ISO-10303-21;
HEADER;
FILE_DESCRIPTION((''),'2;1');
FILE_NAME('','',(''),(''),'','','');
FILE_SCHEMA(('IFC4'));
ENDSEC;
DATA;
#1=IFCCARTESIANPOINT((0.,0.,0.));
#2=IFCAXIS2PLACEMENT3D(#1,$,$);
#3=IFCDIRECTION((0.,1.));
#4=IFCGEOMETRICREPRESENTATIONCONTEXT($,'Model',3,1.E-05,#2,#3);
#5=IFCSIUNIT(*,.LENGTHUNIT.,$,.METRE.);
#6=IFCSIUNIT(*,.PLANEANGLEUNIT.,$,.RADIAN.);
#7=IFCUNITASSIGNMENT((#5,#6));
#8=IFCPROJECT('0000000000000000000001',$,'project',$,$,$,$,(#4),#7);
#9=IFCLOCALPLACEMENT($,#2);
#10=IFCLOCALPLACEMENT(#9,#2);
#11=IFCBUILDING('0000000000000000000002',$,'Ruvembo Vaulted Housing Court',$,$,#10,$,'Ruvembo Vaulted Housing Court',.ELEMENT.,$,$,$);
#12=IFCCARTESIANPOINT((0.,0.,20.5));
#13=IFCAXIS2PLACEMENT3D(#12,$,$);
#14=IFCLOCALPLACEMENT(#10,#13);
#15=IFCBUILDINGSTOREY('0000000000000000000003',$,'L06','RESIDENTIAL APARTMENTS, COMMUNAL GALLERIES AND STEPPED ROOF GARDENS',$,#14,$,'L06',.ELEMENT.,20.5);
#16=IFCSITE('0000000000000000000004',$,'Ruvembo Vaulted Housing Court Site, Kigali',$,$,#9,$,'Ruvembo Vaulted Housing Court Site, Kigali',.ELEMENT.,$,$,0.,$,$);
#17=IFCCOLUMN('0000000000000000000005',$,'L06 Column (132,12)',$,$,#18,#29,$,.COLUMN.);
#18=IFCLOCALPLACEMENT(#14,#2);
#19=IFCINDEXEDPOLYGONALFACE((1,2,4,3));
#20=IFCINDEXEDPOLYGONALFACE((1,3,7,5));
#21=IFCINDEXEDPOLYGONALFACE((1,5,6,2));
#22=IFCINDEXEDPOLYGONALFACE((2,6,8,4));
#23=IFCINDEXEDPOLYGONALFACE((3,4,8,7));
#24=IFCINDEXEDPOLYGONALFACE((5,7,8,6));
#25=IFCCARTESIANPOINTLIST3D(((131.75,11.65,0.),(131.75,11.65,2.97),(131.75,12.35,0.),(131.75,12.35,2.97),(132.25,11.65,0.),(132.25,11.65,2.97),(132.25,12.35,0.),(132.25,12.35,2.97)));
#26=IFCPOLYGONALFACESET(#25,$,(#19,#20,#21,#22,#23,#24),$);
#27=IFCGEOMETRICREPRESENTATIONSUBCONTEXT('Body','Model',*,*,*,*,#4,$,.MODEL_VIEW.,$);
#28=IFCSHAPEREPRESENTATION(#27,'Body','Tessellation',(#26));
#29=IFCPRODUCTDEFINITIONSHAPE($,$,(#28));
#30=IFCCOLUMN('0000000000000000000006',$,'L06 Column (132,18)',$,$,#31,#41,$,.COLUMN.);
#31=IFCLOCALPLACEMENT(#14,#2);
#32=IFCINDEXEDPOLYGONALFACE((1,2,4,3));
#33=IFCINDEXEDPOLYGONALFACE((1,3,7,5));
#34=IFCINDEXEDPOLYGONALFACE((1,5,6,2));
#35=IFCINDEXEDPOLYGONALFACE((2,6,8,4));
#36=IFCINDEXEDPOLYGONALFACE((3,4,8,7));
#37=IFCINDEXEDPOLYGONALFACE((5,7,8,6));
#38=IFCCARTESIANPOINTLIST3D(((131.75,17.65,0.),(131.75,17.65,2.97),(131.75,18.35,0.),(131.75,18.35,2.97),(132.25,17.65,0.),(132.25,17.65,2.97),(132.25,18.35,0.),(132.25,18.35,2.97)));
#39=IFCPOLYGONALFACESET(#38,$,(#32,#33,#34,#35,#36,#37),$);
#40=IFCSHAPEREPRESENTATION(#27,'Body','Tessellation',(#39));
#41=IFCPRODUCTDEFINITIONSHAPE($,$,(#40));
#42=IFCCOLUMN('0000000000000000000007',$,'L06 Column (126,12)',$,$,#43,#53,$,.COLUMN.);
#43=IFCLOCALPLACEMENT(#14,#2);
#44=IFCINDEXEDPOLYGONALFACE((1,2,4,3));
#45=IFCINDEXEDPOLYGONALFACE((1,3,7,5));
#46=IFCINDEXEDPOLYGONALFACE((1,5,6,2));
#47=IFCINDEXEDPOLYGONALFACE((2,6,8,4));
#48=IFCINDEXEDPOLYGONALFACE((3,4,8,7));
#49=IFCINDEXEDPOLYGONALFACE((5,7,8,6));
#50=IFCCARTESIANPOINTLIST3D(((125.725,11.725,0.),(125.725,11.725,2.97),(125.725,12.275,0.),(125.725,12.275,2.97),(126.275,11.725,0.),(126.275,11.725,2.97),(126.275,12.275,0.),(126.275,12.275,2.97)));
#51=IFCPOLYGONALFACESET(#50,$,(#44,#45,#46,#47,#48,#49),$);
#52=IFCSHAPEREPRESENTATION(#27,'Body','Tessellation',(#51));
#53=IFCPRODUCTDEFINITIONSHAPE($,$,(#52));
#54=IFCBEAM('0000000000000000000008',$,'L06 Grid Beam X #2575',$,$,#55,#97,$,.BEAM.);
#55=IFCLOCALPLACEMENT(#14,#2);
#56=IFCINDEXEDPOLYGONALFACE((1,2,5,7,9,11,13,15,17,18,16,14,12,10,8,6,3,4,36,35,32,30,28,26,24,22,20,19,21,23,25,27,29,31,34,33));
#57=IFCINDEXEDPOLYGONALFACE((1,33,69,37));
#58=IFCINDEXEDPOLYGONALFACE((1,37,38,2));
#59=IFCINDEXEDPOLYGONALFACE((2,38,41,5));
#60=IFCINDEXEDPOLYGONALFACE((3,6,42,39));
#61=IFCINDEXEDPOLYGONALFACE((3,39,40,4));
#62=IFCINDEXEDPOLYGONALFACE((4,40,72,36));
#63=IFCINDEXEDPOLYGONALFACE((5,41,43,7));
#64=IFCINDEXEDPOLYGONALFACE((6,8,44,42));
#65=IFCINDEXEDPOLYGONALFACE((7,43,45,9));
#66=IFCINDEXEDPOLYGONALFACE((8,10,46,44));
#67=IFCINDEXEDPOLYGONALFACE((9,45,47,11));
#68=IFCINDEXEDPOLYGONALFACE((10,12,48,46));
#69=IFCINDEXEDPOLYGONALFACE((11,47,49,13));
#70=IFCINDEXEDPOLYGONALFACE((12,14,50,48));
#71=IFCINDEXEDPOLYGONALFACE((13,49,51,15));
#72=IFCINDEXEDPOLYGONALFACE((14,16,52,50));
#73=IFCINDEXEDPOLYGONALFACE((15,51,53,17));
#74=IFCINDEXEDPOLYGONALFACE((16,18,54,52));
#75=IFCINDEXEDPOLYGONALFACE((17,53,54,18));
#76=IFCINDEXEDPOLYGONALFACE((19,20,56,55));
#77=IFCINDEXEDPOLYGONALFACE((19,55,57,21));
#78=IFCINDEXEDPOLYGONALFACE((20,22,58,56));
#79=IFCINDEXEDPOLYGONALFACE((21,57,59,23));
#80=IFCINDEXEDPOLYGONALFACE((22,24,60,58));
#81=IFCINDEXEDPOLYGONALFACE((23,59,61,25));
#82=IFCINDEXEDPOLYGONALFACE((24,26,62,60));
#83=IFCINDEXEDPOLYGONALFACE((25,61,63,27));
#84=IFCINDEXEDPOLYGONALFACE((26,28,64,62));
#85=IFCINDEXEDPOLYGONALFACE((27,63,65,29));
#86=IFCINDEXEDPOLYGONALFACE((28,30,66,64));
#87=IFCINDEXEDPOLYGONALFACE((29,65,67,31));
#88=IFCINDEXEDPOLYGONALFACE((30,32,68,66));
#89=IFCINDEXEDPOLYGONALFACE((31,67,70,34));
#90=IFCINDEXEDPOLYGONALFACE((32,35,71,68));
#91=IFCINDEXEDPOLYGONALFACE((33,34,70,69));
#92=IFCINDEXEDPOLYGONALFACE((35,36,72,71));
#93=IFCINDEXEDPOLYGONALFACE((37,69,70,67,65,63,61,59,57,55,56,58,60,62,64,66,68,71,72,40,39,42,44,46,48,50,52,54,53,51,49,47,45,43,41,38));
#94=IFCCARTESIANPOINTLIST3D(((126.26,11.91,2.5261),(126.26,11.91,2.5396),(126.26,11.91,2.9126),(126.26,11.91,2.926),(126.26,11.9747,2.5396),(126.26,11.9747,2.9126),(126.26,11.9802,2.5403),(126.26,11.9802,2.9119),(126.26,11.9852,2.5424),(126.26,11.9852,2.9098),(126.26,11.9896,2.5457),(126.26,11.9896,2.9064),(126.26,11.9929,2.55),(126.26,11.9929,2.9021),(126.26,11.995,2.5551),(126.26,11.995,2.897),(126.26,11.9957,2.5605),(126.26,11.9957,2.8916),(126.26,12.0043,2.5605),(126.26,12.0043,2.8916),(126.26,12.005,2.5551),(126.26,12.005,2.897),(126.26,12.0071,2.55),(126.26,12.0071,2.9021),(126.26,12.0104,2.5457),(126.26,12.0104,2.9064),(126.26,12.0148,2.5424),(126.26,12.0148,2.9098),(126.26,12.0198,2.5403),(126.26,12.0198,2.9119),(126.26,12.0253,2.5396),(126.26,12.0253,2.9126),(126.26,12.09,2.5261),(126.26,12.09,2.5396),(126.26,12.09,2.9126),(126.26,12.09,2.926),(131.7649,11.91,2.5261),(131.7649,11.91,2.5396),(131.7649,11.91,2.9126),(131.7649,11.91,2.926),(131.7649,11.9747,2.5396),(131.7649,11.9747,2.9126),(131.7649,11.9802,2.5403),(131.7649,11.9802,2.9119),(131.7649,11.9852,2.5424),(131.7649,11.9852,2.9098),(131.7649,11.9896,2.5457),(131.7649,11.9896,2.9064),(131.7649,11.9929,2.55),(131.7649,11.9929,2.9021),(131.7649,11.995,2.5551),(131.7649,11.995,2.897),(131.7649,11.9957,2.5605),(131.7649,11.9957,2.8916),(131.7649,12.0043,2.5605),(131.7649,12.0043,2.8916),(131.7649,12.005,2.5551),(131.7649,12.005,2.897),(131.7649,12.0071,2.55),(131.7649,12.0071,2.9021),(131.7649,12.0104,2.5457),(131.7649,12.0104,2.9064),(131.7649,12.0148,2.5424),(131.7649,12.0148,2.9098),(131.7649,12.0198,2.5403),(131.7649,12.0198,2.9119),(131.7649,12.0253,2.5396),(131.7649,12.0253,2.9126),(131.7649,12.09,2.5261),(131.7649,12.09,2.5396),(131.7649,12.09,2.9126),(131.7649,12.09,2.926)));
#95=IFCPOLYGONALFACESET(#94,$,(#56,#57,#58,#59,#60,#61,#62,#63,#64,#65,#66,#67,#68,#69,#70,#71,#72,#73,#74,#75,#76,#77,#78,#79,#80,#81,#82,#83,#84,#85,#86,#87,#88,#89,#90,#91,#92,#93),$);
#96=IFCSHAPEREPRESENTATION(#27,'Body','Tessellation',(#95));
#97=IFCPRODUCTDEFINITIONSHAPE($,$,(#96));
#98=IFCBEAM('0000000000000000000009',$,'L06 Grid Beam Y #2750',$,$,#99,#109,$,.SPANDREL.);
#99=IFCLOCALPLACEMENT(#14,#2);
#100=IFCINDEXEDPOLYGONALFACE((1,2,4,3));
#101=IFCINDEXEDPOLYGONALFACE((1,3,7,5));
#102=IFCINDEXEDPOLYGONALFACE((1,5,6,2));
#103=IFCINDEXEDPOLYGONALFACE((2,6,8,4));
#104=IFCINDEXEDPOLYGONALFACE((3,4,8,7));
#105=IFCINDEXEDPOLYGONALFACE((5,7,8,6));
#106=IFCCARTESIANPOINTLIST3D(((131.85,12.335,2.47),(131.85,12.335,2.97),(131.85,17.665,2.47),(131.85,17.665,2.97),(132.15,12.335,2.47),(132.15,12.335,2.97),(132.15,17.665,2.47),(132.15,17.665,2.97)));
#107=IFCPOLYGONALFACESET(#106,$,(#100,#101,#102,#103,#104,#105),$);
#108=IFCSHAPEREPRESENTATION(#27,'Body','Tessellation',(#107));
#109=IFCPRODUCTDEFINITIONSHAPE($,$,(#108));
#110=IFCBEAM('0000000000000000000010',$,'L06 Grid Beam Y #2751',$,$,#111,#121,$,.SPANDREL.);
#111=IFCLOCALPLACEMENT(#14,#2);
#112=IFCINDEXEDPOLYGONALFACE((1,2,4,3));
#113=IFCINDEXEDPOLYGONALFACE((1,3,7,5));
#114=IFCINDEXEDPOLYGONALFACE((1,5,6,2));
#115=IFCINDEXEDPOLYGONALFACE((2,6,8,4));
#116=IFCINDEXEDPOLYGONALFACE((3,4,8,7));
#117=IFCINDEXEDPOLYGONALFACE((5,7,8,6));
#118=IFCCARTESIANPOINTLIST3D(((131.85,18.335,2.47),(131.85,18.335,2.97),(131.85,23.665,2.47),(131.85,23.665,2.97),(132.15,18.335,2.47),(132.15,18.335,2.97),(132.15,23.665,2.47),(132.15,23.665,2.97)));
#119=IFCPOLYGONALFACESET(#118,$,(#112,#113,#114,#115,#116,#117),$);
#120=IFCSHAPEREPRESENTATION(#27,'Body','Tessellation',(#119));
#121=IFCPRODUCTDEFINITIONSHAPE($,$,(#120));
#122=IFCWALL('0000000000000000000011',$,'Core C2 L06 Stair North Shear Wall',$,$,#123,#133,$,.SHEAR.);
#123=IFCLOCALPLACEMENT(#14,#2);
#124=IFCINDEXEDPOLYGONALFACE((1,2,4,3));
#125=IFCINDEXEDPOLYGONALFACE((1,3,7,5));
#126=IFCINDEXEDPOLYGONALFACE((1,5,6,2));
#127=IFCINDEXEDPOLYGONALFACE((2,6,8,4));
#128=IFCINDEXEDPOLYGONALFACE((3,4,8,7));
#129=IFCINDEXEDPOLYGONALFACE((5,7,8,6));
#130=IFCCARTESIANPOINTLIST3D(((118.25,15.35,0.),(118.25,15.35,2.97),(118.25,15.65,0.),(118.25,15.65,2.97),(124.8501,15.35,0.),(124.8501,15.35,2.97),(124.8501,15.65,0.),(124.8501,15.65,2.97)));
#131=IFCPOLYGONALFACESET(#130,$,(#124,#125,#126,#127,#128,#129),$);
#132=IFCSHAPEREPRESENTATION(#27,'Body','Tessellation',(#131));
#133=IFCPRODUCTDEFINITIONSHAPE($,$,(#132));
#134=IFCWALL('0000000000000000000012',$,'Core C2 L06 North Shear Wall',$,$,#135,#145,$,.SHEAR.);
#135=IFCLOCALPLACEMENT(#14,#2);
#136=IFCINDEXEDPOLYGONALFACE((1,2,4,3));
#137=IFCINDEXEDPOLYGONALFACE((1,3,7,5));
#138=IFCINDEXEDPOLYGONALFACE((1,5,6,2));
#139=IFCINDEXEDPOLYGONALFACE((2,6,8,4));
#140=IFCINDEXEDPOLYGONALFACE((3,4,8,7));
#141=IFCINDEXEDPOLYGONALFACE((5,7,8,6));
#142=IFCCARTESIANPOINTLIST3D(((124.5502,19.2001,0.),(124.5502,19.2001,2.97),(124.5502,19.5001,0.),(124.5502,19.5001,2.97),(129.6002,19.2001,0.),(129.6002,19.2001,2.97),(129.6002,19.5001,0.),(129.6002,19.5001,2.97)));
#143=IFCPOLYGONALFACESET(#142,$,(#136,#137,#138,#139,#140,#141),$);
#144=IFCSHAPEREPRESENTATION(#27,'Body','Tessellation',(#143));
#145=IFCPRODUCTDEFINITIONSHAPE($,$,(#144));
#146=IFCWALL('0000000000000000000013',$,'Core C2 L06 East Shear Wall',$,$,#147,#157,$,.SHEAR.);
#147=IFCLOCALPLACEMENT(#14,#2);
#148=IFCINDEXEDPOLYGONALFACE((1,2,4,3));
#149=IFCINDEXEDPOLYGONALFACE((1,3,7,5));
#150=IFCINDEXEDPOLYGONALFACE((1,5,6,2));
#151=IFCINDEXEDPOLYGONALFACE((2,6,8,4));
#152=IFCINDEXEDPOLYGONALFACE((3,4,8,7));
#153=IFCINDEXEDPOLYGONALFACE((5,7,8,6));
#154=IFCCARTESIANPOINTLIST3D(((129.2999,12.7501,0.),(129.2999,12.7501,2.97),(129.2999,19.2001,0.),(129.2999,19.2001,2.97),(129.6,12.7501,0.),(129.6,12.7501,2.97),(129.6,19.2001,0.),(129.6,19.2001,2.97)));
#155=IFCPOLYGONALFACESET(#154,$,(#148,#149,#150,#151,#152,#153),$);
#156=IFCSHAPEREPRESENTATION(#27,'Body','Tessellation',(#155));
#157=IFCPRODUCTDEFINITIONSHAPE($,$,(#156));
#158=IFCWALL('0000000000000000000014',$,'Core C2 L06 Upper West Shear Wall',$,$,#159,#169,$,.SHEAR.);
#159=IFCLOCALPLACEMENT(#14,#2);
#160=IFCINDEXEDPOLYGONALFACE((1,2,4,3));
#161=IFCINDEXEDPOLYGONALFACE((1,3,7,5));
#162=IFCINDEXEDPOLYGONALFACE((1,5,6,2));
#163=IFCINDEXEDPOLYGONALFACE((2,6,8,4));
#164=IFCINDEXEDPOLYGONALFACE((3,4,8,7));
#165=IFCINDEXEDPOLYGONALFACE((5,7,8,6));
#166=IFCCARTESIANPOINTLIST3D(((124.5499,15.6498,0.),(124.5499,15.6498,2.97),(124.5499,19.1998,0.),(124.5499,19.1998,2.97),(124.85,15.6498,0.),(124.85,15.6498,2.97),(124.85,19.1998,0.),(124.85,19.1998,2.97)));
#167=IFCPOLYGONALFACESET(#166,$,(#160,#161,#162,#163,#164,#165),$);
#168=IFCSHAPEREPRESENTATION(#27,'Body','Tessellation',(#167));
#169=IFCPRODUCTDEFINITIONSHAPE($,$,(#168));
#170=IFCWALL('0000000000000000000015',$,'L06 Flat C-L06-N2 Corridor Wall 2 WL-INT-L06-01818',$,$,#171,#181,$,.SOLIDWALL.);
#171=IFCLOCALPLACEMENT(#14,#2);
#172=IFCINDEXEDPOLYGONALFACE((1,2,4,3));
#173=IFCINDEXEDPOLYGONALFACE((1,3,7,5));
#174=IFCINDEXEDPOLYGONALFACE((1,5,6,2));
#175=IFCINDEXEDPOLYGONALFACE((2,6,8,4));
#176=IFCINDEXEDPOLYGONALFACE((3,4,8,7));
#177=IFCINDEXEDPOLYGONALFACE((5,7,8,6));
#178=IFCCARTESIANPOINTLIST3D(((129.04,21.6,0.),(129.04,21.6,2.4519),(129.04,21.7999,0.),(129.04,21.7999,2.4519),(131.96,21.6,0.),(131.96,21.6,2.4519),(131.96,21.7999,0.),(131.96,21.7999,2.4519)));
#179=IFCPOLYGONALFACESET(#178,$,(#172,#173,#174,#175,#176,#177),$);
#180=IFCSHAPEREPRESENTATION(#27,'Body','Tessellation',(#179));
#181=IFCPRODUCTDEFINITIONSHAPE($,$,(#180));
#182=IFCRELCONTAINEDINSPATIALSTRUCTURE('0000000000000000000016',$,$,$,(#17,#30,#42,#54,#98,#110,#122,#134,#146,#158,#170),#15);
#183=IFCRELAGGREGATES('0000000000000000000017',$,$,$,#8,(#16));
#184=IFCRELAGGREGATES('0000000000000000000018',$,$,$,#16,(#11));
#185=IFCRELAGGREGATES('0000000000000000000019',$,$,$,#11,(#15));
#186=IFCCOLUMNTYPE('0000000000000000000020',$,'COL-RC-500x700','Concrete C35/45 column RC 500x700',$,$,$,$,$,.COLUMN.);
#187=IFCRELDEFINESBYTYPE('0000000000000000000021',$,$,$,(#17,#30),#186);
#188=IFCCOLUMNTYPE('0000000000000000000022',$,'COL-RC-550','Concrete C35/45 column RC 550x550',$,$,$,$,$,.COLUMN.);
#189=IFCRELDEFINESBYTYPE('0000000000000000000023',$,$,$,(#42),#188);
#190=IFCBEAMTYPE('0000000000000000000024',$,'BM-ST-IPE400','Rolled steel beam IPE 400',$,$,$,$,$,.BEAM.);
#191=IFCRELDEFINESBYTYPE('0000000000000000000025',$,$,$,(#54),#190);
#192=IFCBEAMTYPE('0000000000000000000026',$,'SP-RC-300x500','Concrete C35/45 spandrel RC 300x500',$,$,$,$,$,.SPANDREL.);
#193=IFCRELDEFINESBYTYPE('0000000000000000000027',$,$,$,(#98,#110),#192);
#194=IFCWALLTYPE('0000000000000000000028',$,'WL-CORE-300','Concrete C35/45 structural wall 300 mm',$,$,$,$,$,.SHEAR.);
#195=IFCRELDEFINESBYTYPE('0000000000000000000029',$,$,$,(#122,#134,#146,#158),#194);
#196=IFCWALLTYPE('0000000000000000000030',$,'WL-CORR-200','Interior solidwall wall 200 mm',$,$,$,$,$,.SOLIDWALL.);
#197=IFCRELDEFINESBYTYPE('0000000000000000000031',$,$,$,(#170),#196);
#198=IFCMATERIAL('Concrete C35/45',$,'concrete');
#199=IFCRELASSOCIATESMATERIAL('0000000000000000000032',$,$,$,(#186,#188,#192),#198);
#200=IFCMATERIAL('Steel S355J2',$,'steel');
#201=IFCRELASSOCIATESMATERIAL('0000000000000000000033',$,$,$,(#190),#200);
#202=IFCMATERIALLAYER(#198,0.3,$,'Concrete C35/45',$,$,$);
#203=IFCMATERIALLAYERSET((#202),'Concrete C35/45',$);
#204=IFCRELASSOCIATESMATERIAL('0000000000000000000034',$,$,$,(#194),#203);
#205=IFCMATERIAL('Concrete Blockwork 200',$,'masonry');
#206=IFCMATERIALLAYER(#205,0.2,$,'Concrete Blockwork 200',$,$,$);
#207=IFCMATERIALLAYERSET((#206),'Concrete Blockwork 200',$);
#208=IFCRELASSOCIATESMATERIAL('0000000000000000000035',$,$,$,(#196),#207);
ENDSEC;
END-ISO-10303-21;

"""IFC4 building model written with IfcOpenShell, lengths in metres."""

from ifc_helpers import new_model, si_unit, direction, frame, frame_2d, origin, origin_2d, place, context, subcontext, project, spatial, rectangle, i_section, extrude, material, layer, layer_set, material_profile, profile_set, type_object, element, save


model = new_model("IFC4")

# Units and contexts
model_context = context("Model", 3, precision=1e-05, world=origin(), true_north=direction((0.0, 1.0)))
body_context = subcontext(model_context, "Body", "Model", "MODEL_VIEW")
ifc_project = project(units=[si_unit("LENGTHUNIT", "METRE"), si_unit("PLANEANGLEUNIT", "RADIAN")], contexts=[model_context])

# Site, building, storey
site_placement = place(None, origin())
site = spatial("IfcSite", under=ifc_project, at=site_placement, Name="Ruvembo Vaulted Housing Court Site, Kigali", LongName="Ruvembo Vaulted Housing Court Site, Kigali", CompositionType="ELEMENT", RefElevation=0.0)
building_placement = place(site_placement, origin())
building = spatial("IfcBuilding", under=site, at=building_placement, Name="Ruvembo Vaulted Housing Court", LongName="Ruvembo Vaulted Housing Court", CompositionType="ELEMENT")
storey_placement = place(building_placement, frame((0.0, 0.0, 20.5)))
storey = spatial("IfcBuildingStorey", under=building, at=storey_placement, Name="L06", Description="RESIDENTIAL APARTMENTS, COMMUNAL GALLERIES AND STEPPED ROOF GARDENS", LongName="L06", CompositionType="ELEMENT", Elevation=20.5)

# Columns
ifc_material_1 = material(Name="Concrete C35/45", Category="concrete")
ifc_material_profile_1 = material_profile(ifc_material_1, rectangle(XDim=0.5, YDim=0.7, at=origin_2d()), Name="RC 500x700")
ifc_profile_set_1 = profile_set([ifc_material_profile_1], Name="Concrete C35/45")
column_type_1 = type_object("IfcColumnType", Name="COL-RC-500x700", Description="Concrete C35/45 column RC 500x700", PredefinedType="COLUMN", material=ifc_profile_set_1)
for number, where, z_axis, x_axis, name in (
    (1, (132.0, 12.0, 0.0), (0.0, 0.0, 1.0), (1.0, 0.0, 0.0), "L06 Column (132,12)"),
    (2, (132.0, 18.0, 0.0), (0.0, 0.0, 1.0), (1.0, 0.0, 0.0), "L06 Column (132,18)"),
):
    element("IfcColumn", number, at=place(storey_placement, frame(where, z_axis=z_axis, x_axis=x_axis)), inside=storey, type_object=column_type_1, Name=name, PredefinedType="COLUMN", context=body_context, shape_type="SweptSolid", body=[
        extrude(rectangle(XDim=0.5, YDim=0.7, at=origin_2d()), origin(), (0.0, 0.0, 1.0), 2.97),
    ])
ifc_material_profile_2 = material_profile(ifc_material_1, rectangle(XDim=0.55, YDim=0.55, at=origin_2d()), Name="RC 550x550")
ifc_profile_set_2 = profile_set([ifc_material_profile_2], Name="Concrete C35/45")
column_type_2 = type_object("IfcColumnType", Name="COL-RC-550", Description="Concrete C35/45 column RC 550x550", PredefinedType="COLUMN", material=ifc_profile_set_2)
column_placement = place(storey_placement, frame((126.0, 12.0, 0.0), z_axis=(0.0, 0.0, 1.0), x_axis=(1.0, 0.0, 0.0)))
element("IfcColumn", 3, at=column_placement, inside=storey, type_object=column_type_2, Name="L06 Column (126,12)", PredefinedType="COLUMN", context=body_context, shape_type="SweptSolid", body=[
    extrude(rectangle(XDim=0.55, YDim=0.55, at=origin_2d()), origin(), (0.0, 0.0, 1.0), 2.97),
])

# Beams
ifc_material_2 = material(Name="Steel S355J2", Category="steel")
ifc_material_profile_3 = material_profile(ifc_material_2, i_section(OverallWidth=0.1799, OverallDepth=0.3999, WebThickness=0.0085, FlangeThickness=0.0134, FilletRadius=0.021, at=origin_2d()), Name="IPE 400")
ifc_profile_set_3 = profile_set([ifc_material_profile_3], Name="Steel S355J2")
beam_type_1 = type_object("IfcBeamType", Name="BM-ST-IPE400", Description="Rolled steel beam IPE 400", PredefinedType="BEAM", material=ifc_profile_set_3)
beam_placement = place(storey_placement, frame((126.26, 12.0, 2.7261), z_axis=(1.0, 0.0, 0.0), x_axis=(0.0, 1.0, 0.0)))
element("IfcBeam", 4, at=beam_placement, inside=storey, type_object=beam_type_1, Name="L06 Grid Beam X #2575", PredefinedType="BEAM", context=body_context, shape_type="SweptSolid", body=[
    extrude(i_section(OverallWidth=0.1799, OverallDepth=0.3999, WebThickness=0.0085, FlangeThickness=0.0134, FilletRadius=0.021, at=origin_2d()), origin(), (0.0, 0.0, 1.0), 5.5049),
])
ifc_material_profile_4 = material_profile(ifc_material_1, rectangle(XDim=0.3, YDim=0.5, at=origin_2d()), Name="RC 300x500")
ifc_profile_set_4 = profile_set([ifc_material_profile_4], Name="Concrete C35/45")
beam_type_2 = type_object("IfcBeamType", Name="SP-RC-300x500", Description="Concrete C35/45 spandrel RC 300x500", PredefinedType="SPANDREL", material=ifc_profile_set_4)
for number, where, z_axis, x_axis, name in (
    (5, (132.0, 12.335, 2.72), (0.0, 1.0, 0.0), (-1.0, 0.0, 0.0), "L06 Grid Beam Y #2750"),
    (6, (132.0, 18.335, 2.72), (0.0, 1.0, 0.0), (-1.0, 0.0, 0.0), "L06 Grid Beam Y #2751"),
):
    element("IfcBeam", number, at=place(storey_placement, frame(where, z_axis=z_axis, x_axis=x_axis)), inside=storey, type_object=beam_type_2, Name=name, PredefinedType="SPANDREL", context=body_context, shape_type="SweptSolid", body=[
        extrude(rectangle(XDim=0.3, YDim=0.5, at=origin_2d()), origin(), (0.0, 0.0, 1.0), 5.3301),
    ])

# Walls
ifc_layer_1 = layer(ifc_material_1, 0.3, Name="Concrete C35/45")
ifc_layer_set_1 = layer_set([ifc_layer_1], Name="Concrete C35/45")
wall_type_1 = type_object("IfcWallType", Name="WL-CORE-300", Description="Concrete C35/45 structural wall 300 mm", PredefinedType="SHEAR", material=ifc_layer_set_1)
wall_1_placement = place(storey_placement, frame((124.8501, 15.5, 0.0), z_axis=(0.0, 0.0, 1.0), x_axis=(-1.0, 0.0, 0.0)))
element("IfcWall", 7, at=wall_1_placement, inside=storey, type_object=wall_type_1, Name="Core C2 L06 Stair North Shear Wall", PredefinedType="SHEAR", context=body_context, shape_type="SweptSolid", body=[
    extrude(rectangle(XDim=6.6001, YDim=0.3, at=frame_2d((3.3, 0.0))), origin(), (0.0, 0.0, 1.0), 2.97),
])
wall_2_placement = place(storey_placement, frame((129.6001, 19.3501, 0.0), z_axis=(0.0, 0.0, 1.0), x_axis=(-1.0, 0.0, 0.0)))
element("IfcWall", 8, at=wall_2_placement, inside=storey, type_object=wall_type_1, Name="Core C2 L06 North Shear Wall", PredefinedType="SHEAR", context=body_context, shape_type="SweptSolid", body=[
    extrude(rectangle(XDim=5.05, YDim=0.3, at=frame_2d((2.5249, 0.0))), origin(), (0.0, 0.0, 1.0), 2.97),
])
wall_3_placement = place(storey_placement, frame((129.45, 12.75, 0.0), z_axis=(0.0, 0.0, 1.0), x_axis=(0.0, 1.0, 0.0)))
element("IfcWall", 9, at=wall_3_placement, inside=storey, type_object=wall_type_1, Name="Core C2 L06 East Shear Wall", PredefinedType="SHEAR", context=body_context, shape_type="SweptSolid", body=[
    extrude(rectangle(XDim=6.45, YDim=0.3, at=frame_2d((3.2251, 0.0))), origin(), (0.0, 0.0, 1.0), 2.97),
])
wall_4_placement = place(storey_placement, frame((124.7, 15.6499, 0.0), z_axis=(0.0, 0.0, 1.0), x_axis=(0.0, 1.0, 0.0)))
element("IfcWall", 10, at=wall_4_placement, inside=storey, type_object=wall_type_1, Name="Core C2 L06 Upper West Shear Wall", PredefinedType="SHEAR", context=body_context, shape_type="SweptSolid", body=[
    extrude(rectangle(XDim=3.55, YDim=0.3, at=frame_2d((1.7749, 0.0))), origin(), (0.0, 0.0, 1.0), 2.97),
])

# Shared definitions
ifc_material_3 = material(Name="Concrete Blockwork 200", Category="masonry")
ifc_layer_2 = layer(ifc_material_3, 0.2, Name="Concrete Blockwork 200")
ifc_layer_set_2 = layer_set([ifc_layer_2], Name="Concrete Blockwork 200")
wall_type_2 = type_object("IfcWallType", Name="WL-CORR-200", Description="Interior solidwall wall 200 mm", PredefinedType="SOLIDWALL", material=ifc_layer_set_2)

# Wall
wall_5_placement = place(storey_placement, frame((129.04, 21.7, 0.0), z_axis=(0.0, 0.0, 1.0), x_axis=(1.0, 0.0, 0.0)))
element("IfcWall", 11, at=wall_5_placement, inside=storey, type_object=wall_type_2, Name="L06 Flat C-L06-N2 Corridor Wall 2 WL-INT-L06-01818", PredefinedType="SOLIDWALL", context=body_context, shape_type="SweptSolid", body=[
    extrude(rectangle(XDim=2.9199, YDim=0.2, at=frame_2d((1.46, 0.0))), origin(), (0.0, 0.0, 1.0), 2.4519),
])

save(model, "model.ifc")
